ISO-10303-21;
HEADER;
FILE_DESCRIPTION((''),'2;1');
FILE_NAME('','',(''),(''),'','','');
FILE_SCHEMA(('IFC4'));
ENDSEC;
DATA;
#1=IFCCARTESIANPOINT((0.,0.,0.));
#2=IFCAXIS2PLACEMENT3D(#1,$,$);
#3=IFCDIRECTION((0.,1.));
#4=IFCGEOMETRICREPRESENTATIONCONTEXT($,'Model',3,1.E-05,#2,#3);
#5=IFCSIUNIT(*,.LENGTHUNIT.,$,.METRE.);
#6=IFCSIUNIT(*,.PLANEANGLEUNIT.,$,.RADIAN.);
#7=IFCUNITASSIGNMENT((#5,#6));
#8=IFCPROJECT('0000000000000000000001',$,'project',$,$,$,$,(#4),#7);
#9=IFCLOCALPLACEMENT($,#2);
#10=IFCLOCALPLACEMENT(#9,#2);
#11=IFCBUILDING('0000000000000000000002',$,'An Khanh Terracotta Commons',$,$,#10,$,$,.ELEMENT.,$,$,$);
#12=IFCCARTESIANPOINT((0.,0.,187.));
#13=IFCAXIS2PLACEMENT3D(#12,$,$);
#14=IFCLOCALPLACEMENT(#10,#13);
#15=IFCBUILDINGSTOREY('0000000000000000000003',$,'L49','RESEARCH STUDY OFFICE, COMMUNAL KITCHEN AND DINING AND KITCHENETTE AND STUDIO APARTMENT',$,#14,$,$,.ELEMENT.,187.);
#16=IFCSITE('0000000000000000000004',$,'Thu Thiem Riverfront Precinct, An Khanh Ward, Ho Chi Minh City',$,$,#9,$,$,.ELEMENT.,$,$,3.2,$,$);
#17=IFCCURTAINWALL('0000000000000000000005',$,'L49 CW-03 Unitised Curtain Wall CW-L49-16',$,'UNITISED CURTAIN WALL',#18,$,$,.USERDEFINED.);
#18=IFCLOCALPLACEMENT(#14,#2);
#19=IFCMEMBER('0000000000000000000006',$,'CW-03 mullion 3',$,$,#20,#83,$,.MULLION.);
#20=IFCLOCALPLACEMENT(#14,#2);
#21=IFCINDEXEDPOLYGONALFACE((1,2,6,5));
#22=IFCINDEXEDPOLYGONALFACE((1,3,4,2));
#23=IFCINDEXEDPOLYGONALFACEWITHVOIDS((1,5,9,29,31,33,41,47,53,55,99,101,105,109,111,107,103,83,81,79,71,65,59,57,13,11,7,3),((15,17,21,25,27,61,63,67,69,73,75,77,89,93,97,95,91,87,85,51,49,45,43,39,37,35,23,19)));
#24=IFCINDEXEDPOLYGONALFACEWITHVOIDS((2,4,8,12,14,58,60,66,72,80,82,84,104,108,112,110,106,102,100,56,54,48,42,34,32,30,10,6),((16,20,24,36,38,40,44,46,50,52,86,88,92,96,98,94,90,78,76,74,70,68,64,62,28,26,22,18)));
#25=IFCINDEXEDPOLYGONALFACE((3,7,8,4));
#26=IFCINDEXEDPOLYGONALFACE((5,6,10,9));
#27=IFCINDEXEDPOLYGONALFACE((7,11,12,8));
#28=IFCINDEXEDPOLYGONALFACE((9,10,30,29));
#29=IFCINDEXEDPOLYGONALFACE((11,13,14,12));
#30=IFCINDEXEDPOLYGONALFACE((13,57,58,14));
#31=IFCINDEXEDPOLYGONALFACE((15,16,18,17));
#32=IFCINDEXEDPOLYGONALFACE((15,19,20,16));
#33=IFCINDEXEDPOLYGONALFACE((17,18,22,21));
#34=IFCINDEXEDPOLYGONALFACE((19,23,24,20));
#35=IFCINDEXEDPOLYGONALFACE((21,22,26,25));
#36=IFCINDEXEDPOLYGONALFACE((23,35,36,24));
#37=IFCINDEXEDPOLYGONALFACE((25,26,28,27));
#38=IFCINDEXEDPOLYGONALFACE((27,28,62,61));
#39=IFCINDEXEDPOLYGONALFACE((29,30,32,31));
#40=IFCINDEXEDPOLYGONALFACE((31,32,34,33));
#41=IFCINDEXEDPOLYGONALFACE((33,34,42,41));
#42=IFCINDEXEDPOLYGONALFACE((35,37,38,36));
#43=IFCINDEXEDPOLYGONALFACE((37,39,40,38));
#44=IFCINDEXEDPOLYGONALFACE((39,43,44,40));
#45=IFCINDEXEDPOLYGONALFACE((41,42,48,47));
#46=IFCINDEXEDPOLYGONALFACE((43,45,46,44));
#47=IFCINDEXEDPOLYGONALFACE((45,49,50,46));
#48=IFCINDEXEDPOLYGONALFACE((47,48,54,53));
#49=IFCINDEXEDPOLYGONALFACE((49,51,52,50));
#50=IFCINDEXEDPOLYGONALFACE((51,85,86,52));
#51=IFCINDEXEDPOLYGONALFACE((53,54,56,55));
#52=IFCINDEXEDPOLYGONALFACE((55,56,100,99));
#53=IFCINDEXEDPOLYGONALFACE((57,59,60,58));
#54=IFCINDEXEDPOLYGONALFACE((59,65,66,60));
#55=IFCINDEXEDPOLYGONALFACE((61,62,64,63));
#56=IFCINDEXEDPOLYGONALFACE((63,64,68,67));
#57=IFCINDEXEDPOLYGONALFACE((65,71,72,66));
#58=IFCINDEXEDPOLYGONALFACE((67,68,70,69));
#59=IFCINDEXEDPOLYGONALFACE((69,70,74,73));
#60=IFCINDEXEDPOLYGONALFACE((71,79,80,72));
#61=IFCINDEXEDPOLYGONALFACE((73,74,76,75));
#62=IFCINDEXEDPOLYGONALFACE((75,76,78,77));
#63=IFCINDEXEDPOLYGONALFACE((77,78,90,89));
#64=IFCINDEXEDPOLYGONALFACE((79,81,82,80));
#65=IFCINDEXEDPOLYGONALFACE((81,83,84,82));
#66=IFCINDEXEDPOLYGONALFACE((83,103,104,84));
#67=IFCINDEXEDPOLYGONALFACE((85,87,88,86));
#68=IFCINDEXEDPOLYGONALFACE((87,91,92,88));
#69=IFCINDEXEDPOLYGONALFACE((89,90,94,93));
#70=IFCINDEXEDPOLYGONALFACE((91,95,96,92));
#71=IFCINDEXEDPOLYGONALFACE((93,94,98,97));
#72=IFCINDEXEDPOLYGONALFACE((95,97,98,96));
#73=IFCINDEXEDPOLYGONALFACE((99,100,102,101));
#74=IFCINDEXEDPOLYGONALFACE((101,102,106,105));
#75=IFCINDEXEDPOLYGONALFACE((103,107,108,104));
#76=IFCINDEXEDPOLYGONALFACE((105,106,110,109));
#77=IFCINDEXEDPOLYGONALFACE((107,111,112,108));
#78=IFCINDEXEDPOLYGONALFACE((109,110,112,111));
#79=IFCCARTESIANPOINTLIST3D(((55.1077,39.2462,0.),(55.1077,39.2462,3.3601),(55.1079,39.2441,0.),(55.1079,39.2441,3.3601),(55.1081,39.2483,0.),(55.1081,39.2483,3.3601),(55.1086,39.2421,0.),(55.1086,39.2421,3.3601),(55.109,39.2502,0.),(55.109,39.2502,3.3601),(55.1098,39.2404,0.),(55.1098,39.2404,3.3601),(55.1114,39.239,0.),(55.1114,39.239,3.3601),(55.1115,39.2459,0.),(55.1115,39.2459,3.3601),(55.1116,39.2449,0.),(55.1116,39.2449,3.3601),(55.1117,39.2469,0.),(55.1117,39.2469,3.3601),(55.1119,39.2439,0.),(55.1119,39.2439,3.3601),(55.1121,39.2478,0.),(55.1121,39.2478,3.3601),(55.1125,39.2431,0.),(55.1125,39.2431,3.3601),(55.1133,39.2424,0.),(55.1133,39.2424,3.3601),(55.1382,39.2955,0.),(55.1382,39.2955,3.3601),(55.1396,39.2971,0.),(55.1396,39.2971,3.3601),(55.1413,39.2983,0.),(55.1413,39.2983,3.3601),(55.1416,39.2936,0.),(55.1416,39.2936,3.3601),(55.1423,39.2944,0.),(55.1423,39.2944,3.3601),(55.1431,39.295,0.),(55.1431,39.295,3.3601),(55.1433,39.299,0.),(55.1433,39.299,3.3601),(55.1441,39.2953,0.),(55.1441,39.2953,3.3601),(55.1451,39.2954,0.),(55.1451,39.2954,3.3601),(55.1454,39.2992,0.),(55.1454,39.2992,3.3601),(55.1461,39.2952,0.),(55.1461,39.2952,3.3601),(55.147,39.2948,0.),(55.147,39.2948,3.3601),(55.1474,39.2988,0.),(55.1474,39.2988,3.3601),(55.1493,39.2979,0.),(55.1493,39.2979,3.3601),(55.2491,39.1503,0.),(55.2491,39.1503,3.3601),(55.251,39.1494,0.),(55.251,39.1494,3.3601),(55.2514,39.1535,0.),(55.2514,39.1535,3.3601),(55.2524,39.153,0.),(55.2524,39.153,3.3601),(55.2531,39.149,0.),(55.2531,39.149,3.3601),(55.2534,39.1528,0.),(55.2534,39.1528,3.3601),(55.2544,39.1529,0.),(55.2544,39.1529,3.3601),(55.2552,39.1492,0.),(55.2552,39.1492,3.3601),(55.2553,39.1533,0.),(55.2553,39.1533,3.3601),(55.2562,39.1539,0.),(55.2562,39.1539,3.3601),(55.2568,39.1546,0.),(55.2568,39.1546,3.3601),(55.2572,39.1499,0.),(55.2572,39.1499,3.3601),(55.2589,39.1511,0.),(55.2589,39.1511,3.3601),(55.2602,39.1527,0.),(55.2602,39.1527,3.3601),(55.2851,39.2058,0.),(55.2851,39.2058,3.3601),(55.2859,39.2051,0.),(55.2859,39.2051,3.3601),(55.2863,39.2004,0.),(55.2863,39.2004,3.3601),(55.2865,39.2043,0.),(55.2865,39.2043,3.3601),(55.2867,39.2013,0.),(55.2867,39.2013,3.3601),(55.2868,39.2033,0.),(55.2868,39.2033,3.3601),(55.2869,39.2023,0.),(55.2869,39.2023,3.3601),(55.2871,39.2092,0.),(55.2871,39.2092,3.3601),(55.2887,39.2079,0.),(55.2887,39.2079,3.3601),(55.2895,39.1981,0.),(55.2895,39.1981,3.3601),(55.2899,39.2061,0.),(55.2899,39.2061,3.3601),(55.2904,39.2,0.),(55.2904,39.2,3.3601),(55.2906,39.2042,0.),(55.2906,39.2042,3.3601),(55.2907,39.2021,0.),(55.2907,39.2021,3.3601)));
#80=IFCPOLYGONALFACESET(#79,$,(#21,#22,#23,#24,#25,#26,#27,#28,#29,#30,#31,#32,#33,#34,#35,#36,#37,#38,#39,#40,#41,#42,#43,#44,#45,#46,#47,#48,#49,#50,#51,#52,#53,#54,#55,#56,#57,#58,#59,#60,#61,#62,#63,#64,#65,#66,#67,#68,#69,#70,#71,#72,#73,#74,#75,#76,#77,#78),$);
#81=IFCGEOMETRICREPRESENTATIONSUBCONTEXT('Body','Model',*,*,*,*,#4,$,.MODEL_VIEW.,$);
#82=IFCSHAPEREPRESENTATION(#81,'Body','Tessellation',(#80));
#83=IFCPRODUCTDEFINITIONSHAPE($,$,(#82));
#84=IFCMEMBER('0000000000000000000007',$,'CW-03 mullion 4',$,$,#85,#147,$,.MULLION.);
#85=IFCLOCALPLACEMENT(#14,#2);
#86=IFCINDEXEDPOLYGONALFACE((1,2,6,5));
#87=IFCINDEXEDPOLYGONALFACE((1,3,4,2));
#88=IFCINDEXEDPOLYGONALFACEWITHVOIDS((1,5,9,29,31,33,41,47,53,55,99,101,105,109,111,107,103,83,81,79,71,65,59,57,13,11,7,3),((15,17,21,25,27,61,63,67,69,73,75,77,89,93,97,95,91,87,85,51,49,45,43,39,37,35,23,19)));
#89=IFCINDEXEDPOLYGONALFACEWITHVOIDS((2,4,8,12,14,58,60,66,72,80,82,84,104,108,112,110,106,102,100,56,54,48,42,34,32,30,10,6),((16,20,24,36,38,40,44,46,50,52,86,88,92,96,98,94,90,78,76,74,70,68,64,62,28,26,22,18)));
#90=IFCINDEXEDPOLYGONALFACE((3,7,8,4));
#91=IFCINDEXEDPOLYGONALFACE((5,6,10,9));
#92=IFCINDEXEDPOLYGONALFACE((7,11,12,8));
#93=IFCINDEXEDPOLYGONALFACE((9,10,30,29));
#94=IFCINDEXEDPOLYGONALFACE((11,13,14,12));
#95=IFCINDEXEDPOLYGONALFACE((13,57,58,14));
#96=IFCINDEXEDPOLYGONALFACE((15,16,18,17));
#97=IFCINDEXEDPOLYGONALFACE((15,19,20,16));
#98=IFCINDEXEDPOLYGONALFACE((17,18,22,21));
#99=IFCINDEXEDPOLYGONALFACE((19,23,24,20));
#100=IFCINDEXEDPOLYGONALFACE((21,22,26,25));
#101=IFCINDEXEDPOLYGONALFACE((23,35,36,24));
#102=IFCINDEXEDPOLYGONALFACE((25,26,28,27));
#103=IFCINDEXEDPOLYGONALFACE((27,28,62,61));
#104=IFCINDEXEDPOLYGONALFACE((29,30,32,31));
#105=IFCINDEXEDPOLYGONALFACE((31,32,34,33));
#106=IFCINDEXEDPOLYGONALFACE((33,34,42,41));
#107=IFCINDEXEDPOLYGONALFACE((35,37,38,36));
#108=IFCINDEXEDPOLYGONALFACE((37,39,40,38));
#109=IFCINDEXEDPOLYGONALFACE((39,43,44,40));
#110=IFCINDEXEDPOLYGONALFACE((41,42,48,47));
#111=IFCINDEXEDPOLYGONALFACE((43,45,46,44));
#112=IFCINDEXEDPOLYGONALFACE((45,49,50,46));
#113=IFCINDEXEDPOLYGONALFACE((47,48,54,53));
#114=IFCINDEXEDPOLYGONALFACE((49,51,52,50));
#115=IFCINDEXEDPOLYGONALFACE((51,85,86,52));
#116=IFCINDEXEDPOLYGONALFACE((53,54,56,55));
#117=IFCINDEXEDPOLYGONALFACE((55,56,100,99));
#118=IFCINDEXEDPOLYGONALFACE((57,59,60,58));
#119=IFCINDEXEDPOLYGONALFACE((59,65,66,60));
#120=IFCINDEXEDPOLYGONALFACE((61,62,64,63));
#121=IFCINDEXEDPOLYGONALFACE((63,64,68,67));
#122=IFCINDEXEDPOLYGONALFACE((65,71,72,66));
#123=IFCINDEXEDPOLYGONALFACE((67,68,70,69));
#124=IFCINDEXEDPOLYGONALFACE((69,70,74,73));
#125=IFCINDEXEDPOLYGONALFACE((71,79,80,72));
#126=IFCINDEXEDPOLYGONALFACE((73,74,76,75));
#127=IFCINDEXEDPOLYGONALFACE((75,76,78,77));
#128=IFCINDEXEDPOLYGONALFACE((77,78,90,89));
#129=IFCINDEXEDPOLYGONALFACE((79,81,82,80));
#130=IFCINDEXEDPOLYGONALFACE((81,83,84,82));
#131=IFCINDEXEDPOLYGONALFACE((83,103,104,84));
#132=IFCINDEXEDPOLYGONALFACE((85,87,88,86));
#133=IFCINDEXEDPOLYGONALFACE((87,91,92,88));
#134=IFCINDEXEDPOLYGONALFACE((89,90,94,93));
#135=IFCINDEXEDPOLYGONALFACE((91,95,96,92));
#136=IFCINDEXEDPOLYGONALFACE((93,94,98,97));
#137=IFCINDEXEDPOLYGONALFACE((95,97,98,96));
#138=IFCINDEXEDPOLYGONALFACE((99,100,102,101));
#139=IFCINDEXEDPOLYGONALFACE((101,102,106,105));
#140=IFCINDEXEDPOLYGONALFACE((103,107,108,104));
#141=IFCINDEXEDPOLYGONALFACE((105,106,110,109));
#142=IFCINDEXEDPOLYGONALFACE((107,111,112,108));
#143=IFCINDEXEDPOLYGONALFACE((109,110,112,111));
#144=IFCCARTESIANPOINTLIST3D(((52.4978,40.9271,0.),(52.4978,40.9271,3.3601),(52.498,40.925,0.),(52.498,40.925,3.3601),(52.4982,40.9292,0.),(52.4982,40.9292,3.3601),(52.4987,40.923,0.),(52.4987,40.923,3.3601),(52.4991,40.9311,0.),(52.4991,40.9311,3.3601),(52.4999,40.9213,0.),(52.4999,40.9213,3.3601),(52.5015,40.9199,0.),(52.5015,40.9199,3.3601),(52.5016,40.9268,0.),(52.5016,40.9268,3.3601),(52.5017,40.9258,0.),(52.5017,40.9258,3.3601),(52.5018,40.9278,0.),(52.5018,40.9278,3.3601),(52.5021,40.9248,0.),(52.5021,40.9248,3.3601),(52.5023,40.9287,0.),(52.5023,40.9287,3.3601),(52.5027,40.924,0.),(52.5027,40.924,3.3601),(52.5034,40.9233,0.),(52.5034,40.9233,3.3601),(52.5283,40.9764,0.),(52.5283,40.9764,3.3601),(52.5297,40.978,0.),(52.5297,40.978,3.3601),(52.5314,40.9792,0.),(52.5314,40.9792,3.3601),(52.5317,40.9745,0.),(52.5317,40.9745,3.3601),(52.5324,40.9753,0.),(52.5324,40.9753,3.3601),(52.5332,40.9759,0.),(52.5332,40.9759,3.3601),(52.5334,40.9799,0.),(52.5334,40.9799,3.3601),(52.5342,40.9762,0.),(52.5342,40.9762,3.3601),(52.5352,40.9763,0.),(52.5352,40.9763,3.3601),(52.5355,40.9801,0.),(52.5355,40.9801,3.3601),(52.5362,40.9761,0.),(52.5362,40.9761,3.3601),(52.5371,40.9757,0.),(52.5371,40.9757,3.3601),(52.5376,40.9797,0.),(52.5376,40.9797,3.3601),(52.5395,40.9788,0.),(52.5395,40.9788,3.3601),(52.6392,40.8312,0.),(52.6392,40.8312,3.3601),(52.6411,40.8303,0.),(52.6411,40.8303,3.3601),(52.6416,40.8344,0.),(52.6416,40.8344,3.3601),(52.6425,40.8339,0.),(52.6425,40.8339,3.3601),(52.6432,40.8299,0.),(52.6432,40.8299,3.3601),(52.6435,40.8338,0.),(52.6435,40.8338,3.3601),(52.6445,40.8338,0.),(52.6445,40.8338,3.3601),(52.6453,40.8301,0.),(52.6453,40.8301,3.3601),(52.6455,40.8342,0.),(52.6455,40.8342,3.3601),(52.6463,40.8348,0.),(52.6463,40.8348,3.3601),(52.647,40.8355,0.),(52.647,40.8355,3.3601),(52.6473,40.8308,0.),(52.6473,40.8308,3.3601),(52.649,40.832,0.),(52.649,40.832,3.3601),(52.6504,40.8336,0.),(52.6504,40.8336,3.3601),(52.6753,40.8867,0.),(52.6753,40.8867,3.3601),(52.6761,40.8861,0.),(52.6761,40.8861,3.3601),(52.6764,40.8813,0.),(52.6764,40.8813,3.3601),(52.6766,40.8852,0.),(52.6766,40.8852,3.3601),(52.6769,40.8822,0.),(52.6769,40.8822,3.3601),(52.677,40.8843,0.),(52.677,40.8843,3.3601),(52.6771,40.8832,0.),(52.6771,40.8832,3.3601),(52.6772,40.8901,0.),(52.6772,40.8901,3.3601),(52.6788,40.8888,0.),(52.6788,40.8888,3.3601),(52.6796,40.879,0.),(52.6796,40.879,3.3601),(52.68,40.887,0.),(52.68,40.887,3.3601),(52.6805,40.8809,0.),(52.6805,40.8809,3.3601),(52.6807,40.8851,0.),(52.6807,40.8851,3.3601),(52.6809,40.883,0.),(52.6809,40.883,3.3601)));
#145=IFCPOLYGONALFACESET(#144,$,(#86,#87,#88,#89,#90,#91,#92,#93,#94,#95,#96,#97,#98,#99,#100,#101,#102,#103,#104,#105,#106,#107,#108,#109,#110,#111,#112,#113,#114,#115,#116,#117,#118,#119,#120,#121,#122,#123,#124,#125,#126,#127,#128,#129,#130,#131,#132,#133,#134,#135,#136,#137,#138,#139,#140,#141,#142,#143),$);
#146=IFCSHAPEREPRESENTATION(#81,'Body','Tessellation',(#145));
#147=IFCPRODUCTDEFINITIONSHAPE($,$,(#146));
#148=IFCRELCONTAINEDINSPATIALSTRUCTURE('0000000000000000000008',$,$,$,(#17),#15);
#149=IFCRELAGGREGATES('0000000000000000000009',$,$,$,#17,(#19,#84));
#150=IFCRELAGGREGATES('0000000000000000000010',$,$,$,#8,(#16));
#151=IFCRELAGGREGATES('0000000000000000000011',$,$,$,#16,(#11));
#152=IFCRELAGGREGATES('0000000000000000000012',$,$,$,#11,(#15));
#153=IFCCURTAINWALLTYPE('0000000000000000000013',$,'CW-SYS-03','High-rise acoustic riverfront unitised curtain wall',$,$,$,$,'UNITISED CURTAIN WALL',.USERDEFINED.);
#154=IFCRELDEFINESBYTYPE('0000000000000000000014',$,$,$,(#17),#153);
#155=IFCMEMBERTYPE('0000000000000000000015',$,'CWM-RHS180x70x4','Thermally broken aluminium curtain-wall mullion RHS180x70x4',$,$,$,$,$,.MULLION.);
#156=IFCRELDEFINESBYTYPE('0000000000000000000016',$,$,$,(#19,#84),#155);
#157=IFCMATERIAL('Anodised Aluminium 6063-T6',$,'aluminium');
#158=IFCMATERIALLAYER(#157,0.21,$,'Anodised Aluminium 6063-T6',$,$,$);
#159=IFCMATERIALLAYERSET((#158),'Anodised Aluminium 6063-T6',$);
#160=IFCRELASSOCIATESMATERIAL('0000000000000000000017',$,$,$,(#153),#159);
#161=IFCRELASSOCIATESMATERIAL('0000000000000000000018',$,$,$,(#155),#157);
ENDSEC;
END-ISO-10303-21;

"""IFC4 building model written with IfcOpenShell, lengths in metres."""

from ifc_helpers import new_model, si_unit, direction, frame, origin, origin_2d, place, context, subcontext, project, spatial, hollow_rectangle, extrude, material, layer, layer_set, material_profile, profile_set, type_object, element, aggregate, save


model = new_model("IFC4")

# Units and contexts
model_context = context("Model", 3, precision=1e-05, world=origin(), true_north=direction((0.0, 1.0)))
body_context = subcontext(model_context, "Body", "Model", "MODEL_VIEW")
ifc_project = project(units=[si_unit("LENGTHUNIT", "METRE"), si_unit("PLANEANGLEUNIT", "RADIAN")], contexts=[model_context])

# Site, building, storey
site_placement = place(None, origin())
site = spatial("IfcSite", under=ifc_project, at=site_placement, Name="Thu Thiem Riverfront Precinct, An Khanh Ward, Ho Chi Minh City", CompositionType="ELEMENT", RefElevation=3.2)
building_placement = place(site_placement, origin())
building = spatial("IfcBuilding", under=site, at=building_placement, Name="An Khanh Terracotta Commons", CompositionType="ELEMENT")
storey_placement = place(building_placement, frame((0.0, 0.0, 187.0)))
storey = spatial("IfcBuildingStorey", under=building, at=storey_placement, Name="L49", Description="RESEARCH STUDY OFFICE, COMMUNAL KITCHEN AND DINING AND KITCHENETTE AND STUDIO APARTMENT", CompositionType="ELEMENT", Elevation=187.0)

# Curtain wall, members
ifc_material_1 = material(Name="Anodised Aluminium 6063-T6", Category="aluminium")
ifc_layer_1 = layer(ifc_material_1, 0.21, Name="Anodised Aluminium 6063-T6")
ifc_layer_set_1 = layer_set([ifc_layer_1], Name="Anodised Aluminium 6063-T6")
curtain_wall_type = type_object("IfcCurtainWallType", Name="CW-SYS-03", Description="High-rise acoustic riverfront unitised curtain wall", ElementType="UNITISED CURTAIN WALL", PredefinedType="USERDEFINED", material=ifc_layer_set_1)
curtain_wall_placement = place(storey_placement, origin())
curtain_wall = element("IfcCurtainWall", 1, at=curtain_wall_placement, inside=storey, type_object=curtain_wall_type, Name="L49 CW-03 Unitised Curtain Wall CW-L49-16", ObjectType="UNITISED CURTAIN WALL", PredefinedType="USERDEFINED")
ifc_material_profile_1 = material_profile(ifc_material_1, hollow_rectangle(XDim=0.0701, YDim=0.1799, WallThickness=0.0039, InnerFilletRadius=0.0039, OuterFilletRadius=0.0081, at=origin_2d()), Name="RHS180x70x4")
ifc_profile_set_1 = profile_set([ifc_material_profile_1], Name="Anodised Aluminium 6063-T6")
member_type_1 = type_object("IfcMemberType", Name="CWM-RHS180x70x4", Description="Thermally broken aluminium curtain-wall mullion RHS180x70x4", PredefinedType="MULLION", material=ifc_profile_set_1)
member_1_placement = place(storey_placement, frame((55.1992, 39.2241, 0.0), z_axis=(0.0, 0.0, 1.0), x_axis=(-0.541498, -0.840702, 0.0)))
member_1 = element("IfcMember", 2, at=member_1_placement, type_object=member_type_1, Name="CW-03 mullion 3", PredefinedType="MULLION", context=body_context, shape_type="SweptSolid", body=[
    extrude(hollow_rectangle(XDim=0.0701, YDim=0.1799, WallThickness=0.0039, InnerFilletRadius=0.0039, OuterFilletRadius=0.0081, at=origin_2d()), origin(), (0.0, 0.0, 1.0), 3.3601),
])
member_2_placement = place(storey_placement, frame((52.5894, 40.905, 0.0), z_axis=(0.0, 0.0, 1.0), x_axis=(-0.541498, -0.840702, 0.0)))
member_2 = element("IfcMember", 3, at=member_2_placement, type_object=member_type_1, Name="CW-03 mullion 4", PredefinedType="MULLION", context=body_context, shape_type="SweptSolid", body=[
    extrude(hollow_rectangle(XDim=0.0701, YDim=0.1799, WallThickness=0.0039, InnerFilletRadius=0.0039, OuterFilletRadius=0.0081, at=origin_2d()), origin(), (0.0, 0.0, 1.0), 3.3601),
])
aggregate(curtain_wall, [member_1, member_2])

save(model, "model.ifc")
